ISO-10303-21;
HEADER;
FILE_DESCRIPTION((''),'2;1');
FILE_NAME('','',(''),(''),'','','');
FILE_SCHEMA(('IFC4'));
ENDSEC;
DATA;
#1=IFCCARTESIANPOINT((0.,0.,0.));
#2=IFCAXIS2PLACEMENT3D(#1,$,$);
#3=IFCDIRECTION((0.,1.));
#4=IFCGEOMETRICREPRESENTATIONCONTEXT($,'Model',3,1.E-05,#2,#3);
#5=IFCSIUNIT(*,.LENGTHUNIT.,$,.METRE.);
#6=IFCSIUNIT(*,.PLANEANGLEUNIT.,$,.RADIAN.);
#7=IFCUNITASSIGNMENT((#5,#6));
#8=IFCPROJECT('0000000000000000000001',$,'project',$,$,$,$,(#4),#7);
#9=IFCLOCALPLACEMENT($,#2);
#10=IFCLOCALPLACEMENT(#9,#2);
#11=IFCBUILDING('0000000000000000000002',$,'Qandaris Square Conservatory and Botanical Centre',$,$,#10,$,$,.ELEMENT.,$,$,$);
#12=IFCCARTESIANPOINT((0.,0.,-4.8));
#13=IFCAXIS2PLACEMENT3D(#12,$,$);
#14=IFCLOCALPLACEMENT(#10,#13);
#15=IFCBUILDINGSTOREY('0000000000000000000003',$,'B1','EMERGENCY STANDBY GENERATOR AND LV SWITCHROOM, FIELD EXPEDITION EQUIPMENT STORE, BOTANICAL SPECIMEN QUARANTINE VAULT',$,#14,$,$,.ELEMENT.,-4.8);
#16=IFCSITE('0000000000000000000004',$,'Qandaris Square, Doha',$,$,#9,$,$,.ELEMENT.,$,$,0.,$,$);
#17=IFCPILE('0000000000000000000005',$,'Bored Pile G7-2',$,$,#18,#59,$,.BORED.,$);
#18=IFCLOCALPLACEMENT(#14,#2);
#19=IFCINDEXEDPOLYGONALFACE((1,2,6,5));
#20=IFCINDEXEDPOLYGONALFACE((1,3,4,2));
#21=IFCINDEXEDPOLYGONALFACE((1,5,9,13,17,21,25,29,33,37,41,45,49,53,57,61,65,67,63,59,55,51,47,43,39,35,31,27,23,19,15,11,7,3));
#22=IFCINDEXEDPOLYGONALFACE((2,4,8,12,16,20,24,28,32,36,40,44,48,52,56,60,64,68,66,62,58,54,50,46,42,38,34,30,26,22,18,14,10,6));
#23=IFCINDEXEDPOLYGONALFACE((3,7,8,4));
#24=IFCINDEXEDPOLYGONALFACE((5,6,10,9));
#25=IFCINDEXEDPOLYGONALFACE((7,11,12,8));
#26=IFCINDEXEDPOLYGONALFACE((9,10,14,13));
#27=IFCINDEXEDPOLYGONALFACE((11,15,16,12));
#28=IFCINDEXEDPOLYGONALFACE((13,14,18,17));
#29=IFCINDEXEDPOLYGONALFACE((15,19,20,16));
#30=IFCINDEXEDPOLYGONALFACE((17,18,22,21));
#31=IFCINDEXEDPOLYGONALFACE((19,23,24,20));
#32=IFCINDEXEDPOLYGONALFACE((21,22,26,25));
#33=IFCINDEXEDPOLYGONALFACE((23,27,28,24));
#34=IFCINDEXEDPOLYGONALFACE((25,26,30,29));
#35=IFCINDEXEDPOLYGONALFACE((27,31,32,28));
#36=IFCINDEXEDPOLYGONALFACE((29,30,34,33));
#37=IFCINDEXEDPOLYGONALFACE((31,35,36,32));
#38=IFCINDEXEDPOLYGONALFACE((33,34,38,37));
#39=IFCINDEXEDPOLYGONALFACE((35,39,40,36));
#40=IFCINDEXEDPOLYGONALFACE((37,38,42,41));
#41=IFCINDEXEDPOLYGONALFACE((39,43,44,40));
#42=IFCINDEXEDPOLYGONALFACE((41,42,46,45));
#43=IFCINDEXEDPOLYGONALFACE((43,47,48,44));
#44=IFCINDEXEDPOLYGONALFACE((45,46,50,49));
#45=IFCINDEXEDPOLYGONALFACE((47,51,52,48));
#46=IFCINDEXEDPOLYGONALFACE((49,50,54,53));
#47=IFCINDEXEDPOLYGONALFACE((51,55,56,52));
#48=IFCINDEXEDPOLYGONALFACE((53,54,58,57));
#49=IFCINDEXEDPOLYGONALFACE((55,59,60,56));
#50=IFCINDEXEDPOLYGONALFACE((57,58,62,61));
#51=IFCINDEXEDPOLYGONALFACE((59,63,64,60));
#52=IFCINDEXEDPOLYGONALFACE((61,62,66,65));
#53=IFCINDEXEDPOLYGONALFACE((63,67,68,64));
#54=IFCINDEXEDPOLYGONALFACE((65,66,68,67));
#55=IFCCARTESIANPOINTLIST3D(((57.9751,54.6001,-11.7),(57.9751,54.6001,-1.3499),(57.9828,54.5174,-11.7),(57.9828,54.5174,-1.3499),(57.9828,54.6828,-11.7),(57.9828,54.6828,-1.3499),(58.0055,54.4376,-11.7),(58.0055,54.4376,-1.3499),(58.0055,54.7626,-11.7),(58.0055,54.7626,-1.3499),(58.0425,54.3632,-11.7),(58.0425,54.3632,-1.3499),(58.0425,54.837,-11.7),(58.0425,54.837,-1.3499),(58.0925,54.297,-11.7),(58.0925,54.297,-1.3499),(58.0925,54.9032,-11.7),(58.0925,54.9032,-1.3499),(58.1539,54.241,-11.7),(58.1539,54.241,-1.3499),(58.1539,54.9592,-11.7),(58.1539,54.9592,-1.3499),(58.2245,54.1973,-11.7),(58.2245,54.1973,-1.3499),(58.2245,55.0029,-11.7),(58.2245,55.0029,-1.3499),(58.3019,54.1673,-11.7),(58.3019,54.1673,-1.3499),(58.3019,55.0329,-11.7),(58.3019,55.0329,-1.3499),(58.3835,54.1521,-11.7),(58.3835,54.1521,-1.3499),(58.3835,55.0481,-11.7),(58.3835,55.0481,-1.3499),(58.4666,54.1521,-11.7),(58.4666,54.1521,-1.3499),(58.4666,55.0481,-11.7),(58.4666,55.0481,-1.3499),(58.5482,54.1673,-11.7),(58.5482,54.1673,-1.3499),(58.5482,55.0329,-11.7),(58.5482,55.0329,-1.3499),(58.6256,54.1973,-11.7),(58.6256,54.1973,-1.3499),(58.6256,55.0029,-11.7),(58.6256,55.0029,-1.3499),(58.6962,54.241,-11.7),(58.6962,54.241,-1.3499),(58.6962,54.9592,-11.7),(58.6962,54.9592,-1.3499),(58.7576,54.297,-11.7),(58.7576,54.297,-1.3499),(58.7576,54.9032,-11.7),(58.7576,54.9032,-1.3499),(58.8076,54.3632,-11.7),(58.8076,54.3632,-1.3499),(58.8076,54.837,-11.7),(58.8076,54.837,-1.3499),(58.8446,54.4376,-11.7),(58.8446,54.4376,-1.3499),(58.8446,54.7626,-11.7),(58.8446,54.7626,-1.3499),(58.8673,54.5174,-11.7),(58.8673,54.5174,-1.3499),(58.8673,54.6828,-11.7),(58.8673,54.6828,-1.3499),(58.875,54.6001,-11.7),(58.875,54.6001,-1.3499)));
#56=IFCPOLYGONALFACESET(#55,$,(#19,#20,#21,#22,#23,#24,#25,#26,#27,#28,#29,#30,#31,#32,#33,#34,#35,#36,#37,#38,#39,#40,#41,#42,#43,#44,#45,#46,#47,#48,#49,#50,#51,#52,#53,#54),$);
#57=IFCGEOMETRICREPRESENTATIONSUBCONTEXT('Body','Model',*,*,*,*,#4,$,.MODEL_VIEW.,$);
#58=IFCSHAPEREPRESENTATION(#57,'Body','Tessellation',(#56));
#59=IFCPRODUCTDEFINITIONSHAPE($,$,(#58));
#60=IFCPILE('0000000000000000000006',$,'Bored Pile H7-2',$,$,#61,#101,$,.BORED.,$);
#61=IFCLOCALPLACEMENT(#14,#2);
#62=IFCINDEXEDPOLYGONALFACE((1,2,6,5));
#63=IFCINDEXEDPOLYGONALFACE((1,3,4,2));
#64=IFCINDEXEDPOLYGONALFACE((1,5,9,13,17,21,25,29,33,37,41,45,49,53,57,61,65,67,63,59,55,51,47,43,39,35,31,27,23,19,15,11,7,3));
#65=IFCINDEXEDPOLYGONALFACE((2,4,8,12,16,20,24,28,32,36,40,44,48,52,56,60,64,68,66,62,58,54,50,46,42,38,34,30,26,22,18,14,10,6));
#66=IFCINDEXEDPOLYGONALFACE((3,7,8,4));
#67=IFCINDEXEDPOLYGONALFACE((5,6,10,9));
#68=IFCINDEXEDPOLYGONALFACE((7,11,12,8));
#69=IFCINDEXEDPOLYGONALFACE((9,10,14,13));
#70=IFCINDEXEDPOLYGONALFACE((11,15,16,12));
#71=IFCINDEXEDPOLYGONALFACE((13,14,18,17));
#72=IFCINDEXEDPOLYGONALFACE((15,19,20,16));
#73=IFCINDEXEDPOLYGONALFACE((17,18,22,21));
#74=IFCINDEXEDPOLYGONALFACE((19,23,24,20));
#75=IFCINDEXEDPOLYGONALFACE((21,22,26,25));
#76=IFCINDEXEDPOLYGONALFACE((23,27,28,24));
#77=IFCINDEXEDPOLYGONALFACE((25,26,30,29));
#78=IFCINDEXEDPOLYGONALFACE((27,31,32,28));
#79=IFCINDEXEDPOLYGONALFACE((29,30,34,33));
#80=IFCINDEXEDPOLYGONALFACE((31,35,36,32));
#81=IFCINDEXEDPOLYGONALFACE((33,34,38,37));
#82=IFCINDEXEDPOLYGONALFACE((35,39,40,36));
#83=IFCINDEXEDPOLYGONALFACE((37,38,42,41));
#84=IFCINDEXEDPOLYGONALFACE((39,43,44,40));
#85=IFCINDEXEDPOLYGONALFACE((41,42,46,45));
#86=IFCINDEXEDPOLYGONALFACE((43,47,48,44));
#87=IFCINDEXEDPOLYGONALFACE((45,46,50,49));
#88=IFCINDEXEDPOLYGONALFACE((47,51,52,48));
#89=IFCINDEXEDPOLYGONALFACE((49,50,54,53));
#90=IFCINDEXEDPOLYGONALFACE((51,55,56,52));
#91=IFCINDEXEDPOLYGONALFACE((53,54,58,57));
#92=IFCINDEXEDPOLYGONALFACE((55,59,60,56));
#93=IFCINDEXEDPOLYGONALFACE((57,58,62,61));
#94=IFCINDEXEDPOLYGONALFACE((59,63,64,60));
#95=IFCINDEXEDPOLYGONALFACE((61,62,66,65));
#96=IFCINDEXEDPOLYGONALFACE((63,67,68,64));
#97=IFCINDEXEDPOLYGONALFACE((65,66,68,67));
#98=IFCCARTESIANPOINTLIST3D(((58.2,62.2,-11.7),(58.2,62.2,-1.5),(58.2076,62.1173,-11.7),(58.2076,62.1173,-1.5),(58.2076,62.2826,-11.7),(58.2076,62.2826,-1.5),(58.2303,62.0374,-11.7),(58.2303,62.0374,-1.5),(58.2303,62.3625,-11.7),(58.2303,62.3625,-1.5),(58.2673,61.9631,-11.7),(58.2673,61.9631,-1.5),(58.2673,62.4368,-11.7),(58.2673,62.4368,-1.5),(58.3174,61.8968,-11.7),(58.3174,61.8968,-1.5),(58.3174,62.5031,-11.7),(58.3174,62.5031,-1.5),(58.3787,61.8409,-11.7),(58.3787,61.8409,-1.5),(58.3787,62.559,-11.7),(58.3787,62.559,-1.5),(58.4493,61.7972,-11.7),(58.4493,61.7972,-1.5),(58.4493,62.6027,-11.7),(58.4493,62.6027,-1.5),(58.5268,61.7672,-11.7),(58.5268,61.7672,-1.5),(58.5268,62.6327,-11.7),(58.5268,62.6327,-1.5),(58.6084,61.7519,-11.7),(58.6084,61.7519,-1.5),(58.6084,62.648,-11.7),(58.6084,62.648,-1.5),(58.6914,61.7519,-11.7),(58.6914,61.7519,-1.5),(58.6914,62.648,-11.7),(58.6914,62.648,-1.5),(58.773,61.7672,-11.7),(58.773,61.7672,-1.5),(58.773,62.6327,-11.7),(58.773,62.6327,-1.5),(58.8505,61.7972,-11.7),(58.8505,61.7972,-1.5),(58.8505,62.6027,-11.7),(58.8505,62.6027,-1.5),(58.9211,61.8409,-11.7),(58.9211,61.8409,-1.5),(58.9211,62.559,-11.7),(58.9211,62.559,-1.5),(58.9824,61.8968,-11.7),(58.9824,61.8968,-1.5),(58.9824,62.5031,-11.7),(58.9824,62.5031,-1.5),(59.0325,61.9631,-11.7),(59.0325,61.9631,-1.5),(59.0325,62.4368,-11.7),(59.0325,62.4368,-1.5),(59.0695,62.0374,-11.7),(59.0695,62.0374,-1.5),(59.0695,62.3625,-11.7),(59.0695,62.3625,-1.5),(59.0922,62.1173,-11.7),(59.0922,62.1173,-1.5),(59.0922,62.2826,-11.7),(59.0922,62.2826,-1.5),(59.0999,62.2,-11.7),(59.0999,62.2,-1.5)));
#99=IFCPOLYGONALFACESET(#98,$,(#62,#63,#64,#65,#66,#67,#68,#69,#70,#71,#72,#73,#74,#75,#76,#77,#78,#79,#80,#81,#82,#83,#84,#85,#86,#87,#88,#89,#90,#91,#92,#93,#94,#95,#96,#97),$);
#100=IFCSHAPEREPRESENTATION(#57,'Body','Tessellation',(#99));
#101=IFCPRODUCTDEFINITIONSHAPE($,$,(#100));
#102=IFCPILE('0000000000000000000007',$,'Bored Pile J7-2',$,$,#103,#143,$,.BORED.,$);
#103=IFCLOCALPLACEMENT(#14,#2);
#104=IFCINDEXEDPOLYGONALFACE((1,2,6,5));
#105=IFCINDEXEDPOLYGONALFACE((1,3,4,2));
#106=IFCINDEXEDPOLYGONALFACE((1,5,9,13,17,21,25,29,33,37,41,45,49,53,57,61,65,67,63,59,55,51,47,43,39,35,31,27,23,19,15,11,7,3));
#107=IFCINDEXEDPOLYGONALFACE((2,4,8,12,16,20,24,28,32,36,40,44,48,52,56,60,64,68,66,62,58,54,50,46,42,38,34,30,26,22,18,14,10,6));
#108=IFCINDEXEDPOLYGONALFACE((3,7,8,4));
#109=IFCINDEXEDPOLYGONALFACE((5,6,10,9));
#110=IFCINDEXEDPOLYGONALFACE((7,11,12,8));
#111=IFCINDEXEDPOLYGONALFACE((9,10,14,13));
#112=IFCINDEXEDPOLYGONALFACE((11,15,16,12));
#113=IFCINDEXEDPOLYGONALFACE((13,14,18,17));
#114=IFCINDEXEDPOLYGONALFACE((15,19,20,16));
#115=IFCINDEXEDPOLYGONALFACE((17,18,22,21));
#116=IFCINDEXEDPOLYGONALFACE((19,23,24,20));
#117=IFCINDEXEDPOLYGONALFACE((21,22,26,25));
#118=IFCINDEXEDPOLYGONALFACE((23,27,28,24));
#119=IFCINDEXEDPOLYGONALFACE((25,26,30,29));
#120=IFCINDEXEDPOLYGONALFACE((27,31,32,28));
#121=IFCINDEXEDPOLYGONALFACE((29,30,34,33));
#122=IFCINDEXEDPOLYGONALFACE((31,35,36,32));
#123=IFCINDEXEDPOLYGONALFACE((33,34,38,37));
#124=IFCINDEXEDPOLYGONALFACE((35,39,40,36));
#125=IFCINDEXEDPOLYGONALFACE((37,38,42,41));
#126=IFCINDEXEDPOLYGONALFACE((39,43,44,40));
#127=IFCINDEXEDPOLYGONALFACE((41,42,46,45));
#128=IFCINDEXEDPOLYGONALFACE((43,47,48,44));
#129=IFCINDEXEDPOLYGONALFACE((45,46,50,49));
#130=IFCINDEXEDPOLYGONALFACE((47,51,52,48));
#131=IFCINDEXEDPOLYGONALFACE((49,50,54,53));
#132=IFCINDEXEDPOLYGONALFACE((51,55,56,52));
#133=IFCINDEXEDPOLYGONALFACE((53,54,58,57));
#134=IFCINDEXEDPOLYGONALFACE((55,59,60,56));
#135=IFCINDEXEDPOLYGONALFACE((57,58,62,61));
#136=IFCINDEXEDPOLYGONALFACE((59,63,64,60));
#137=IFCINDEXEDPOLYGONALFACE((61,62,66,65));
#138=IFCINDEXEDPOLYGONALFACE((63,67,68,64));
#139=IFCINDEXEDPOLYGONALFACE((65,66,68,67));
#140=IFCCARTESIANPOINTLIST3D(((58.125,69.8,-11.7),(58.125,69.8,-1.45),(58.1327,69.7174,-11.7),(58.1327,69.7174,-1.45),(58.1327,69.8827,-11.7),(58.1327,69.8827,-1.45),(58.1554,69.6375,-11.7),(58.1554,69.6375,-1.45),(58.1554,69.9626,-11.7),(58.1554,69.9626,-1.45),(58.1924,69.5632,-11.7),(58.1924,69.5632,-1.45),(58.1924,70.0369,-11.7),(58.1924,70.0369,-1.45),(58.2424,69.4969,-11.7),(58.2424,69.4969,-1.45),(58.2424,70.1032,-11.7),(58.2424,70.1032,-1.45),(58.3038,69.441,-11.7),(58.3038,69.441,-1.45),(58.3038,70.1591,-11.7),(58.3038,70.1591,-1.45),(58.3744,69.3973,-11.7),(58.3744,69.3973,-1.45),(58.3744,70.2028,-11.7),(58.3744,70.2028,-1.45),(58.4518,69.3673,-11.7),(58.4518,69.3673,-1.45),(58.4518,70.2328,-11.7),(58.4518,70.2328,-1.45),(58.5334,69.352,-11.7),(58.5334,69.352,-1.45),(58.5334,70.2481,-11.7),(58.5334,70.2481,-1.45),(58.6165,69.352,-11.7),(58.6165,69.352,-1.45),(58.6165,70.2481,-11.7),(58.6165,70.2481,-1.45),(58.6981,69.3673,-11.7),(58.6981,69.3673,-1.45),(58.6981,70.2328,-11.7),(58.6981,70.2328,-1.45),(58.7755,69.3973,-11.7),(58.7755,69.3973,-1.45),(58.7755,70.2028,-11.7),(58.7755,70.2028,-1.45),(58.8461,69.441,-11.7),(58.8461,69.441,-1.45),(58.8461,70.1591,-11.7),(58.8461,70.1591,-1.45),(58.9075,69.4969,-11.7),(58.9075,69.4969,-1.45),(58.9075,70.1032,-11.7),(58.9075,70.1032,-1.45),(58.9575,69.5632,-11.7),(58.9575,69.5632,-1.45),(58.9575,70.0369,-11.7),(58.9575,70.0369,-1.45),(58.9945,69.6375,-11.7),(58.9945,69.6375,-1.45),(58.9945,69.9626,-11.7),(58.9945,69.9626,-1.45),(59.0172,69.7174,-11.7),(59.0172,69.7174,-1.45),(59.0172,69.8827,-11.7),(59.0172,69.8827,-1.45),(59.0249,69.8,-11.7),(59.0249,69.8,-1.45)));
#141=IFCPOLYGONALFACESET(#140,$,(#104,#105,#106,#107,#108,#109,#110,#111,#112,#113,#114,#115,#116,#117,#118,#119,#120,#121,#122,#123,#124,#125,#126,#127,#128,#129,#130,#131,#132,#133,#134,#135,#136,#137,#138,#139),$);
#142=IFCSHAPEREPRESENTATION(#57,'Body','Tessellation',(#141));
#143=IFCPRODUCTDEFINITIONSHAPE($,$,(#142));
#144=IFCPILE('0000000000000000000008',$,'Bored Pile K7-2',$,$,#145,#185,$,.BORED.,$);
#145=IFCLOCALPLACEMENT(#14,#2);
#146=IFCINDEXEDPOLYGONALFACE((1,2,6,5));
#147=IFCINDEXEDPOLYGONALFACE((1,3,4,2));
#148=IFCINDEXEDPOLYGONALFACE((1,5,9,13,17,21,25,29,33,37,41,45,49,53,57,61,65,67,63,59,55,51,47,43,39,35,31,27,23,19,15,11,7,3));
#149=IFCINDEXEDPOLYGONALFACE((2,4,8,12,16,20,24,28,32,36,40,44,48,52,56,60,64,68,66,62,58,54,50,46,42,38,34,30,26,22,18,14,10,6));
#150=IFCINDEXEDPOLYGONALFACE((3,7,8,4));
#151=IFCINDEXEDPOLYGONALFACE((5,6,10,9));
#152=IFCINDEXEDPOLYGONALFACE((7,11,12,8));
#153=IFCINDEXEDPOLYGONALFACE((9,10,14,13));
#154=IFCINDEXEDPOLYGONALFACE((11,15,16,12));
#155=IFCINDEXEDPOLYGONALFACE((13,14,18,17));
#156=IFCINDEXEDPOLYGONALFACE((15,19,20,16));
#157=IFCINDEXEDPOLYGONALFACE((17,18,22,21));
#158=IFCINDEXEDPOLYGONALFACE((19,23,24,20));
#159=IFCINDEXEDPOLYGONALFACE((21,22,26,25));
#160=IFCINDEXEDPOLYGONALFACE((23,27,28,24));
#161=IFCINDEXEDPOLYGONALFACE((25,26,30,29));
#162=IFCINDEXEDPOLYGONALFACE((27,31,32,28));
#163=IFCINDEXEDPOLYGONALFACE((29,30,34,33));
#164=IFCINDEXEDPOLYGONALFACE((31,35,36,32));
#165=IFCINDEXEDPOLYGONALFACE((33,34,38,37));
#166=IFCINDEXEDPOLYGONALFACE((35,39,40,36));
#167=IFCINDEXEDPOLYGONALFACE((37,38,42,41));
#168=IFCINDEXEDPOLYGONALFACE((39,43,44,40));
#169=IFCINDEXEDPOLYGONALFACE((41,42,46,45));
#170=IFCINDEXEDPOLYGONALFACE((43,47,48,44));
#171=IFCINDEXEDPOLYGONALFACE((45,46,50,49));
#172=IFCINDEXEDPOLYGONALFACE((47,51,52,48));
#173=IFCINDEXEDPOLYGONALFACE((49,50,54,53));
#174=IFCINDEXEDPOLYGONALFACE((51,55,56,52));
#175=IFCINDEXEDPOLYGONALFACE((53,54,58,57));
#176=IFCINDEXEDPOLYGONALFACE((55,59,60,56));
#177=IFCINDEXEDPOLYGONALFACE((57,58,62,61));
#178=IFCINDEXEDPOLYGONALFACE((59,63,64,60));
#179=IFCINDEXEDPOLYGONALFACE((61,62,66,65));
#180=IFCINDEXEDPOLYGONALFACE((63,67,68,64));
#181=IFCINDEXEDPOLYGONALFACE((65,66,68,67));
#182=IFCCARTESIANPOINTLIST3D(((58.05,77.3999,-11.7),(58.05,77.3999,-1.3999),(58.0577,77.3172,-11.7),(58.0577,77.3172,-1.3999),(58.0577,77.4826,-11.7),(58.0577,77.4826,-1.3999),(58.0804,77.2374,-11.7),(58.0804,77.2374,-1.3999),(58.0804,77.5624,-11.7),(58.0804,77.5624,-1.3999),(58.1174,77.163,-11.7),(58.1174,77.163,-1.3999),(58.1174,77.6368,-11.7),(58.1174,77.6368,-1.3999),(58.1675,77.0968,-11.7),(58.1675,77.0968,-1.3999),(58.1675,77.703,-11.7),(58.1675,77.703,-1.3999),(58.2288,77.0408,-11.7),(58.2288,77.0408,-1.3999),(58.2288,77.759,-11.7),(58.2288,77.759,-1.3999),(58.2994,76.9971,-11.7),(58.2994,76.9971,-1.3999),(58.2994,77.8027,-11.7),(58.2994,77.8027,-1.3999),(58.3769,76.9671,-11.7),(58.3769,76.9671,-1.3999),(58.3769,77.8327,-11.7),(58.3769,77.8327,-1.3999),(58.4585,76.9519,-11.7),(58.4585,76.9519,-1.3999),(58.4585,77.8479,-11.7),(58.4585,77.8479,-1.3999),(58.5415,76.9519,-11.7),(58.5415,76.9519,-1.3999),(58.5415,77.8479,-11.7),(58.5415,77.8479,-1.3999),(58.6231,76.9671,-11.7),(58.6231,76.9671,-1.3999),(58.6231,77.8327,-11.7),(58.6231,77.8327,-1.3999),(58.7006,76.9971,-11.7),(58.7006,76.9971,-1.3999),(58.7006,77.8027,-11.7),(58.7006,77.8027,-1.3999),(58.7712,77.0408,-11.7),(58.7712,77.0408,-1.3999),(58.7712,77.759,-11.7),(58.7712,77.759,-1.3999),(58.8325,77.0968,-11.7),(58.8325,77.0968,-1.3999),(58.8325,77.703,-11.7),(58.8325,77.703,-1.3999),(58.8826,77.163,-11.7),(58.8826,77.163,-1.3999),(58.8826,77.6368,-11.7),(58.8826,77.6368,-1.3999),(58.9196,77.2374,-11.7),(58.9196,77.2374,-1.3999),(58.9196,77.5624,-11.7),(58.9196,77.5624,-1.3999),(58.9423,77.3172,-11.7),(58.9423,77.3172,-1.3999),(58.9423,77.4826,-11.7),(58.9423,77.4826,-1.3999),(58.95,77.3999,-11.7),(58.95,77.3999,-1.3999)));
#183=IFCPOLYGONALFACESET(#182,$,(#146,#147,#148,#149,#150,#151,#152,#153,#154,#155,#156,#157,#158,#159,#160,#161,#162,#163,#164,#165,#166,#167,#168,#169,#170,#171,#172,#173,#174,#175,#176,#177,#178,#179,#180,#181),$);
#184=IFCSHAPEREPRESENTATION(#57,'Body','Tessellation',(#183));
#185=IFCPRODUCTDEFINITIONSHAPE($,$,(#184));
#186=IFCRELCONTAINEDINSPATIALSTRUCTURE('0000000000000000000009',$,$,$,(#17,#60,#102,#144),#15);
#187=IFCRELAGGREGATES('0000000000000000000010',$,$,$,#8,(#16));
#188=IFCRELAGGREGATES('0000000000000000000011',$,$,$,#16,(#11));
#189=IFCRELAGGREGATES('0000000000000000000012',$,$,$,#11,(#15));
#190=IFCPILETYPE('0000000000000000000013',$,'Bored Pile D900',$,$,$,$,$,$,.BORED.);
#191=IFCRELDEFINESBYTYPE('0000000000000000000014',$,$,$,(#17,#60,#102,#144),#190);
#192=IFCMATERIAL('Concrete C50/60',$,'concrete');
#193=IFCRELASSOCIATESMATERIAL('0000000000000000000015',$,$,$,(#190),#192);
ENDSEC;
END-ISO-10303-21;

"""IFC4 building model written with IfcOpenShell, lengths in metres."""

from ifc_helpers import new_model, si_unit, direction, frame, origin, origin_2d, place, context, subcontext, project, spatial, circle, extrude, material, material_profile, profile_set, type_object, element, save


model = new_model("IFC4")

# Units and contexts
model_context = context("Model", 3, precision=1e-05, world=origin(), true_north=direction((0.0, 1.0)))
body_context = subcontext(model_context, "Body", "Model", "MODEL_VIEW")
ifc_project = project(units=[si_unit("LENGTHUNIT", "METRE"), si_unit("PLANEANGLEUNIT", "RADIAN")], contexts=[model_context])

# Site, building, storey
site_placement = place(None, origin())
site = spatial("IfcSite", under=ifc_project, at=site_placement, Name="Qandaris Square, Doha", CompositionType="ELEMENT", RefElevation=0.0)
building_placement = place(site_placement, origin())
building = spatial("IfcBuilding", under=site, at=building_placement, Name="Qandaris Square Conservatory and Botanical Centre", CompositionType="ELEMENT")
storey_placement = place(building_placement, frame((0.0, 0.0, -4.8)))
storey = spatial("IfcBuildingStorey", under=building, at=storey_placement, Name="B1", Description="EMERGENCY STANDBY GENERATOR AND LV SWITCHROOM, FIELD EXPEDITION EQUIPMENT STORE, BOTANICAL SPECIMEN QUARANTINE VAULT", CompositionType="ELEMENT", Elevation=-4.8)

# Piles
ifc_material_1 = material(Name="Concrete C50/60", Category="concrete")
ifc_material_profile_1 = material_profile(ifc_material_1, circle(Radius=0.45, at=origin_2d()), Name="PILE D900")
ifc_profile_set_1 = profile_set([ifc_material_profile_1], Name="Concrete C50/60")
pile_type = type_object("IfcPileType", Name="Bored Pile D900", PredefinedType="BORED", material=ifc_profile_set_1)
pile_1_placement = place(storey_placement, frame((58.425, 54.6001, -1.3499), z_axis=(0.0, 0.0, -1.0), x_axis=(1.0, 0.0, 0.0)))
element("IfcPile", 1, at=pile_1_placement, inside=storey, type_object=pile_type, Name="Bored Pile G7-2", PredefinedType="BORED", context=body_context, shape_type="SweptSolid", body=[
    extrude(circle(Radius=0.45, at=origin_2d()), origin(), (0.0, 0.0, 1.0), 10.3501),
])
pile_2_placement = place(storey_placement, frame((58.6499, 62.2, -1.5), z_axis=(0.0, 0.0, -1.0), x_axis=(1.0, 0.0, 0.0)))
element("IfcPile", 2, at=pile_2_placement, inside=storey, type_object=pile_type, Name="Bored Pile H7-2", PredefinedType="BORED", context=body_context, shape_type="SweptSolid", body=[
    extrude(circle(Radius=0.45, at=origin_2d()), origin(), (0.0, 0.0, 1.0), 10.2),
])
pile_3_placement = place(storey_placement, frame((58.575, 69.8, -1.45), z_axis=(0.0, 0.0, -1.0), x_axis=(1.0, 0.0, 0.0)))
element("IfcPile", 3, at=pile_3_placement, inside=storey, type_object=pile_type, Name="Bored Pile J7-2", PredefinedType="BORED", context=body_context, shape_type="SweptSolid", body=[
    extrude(circle(Radius=0.45, at=origin_2d()), origin(), (0.0, 0.0, 1.0), 10.25),
])
pile_4_placement = place(storey_placement, frame((58.5, 77.3999, -1.3999), z_axis=(0.0, 0.0, -1.0), x_axis=(1.0, 0.0, 0.0)))
element("IfcPile", 4, at=pile_4_placement, inside=storey, type_object=pile_type, Name="Bored Pile K7-2", PredefinedType="BORED", context=body_context, shape_type="SweptSolid", body=[
    extrude(circle(Radius=0.45, at=origin_2d()), origin(), (0.0, 0.0, 1.0), 10.3),
])

save(model, "model.ifc")
